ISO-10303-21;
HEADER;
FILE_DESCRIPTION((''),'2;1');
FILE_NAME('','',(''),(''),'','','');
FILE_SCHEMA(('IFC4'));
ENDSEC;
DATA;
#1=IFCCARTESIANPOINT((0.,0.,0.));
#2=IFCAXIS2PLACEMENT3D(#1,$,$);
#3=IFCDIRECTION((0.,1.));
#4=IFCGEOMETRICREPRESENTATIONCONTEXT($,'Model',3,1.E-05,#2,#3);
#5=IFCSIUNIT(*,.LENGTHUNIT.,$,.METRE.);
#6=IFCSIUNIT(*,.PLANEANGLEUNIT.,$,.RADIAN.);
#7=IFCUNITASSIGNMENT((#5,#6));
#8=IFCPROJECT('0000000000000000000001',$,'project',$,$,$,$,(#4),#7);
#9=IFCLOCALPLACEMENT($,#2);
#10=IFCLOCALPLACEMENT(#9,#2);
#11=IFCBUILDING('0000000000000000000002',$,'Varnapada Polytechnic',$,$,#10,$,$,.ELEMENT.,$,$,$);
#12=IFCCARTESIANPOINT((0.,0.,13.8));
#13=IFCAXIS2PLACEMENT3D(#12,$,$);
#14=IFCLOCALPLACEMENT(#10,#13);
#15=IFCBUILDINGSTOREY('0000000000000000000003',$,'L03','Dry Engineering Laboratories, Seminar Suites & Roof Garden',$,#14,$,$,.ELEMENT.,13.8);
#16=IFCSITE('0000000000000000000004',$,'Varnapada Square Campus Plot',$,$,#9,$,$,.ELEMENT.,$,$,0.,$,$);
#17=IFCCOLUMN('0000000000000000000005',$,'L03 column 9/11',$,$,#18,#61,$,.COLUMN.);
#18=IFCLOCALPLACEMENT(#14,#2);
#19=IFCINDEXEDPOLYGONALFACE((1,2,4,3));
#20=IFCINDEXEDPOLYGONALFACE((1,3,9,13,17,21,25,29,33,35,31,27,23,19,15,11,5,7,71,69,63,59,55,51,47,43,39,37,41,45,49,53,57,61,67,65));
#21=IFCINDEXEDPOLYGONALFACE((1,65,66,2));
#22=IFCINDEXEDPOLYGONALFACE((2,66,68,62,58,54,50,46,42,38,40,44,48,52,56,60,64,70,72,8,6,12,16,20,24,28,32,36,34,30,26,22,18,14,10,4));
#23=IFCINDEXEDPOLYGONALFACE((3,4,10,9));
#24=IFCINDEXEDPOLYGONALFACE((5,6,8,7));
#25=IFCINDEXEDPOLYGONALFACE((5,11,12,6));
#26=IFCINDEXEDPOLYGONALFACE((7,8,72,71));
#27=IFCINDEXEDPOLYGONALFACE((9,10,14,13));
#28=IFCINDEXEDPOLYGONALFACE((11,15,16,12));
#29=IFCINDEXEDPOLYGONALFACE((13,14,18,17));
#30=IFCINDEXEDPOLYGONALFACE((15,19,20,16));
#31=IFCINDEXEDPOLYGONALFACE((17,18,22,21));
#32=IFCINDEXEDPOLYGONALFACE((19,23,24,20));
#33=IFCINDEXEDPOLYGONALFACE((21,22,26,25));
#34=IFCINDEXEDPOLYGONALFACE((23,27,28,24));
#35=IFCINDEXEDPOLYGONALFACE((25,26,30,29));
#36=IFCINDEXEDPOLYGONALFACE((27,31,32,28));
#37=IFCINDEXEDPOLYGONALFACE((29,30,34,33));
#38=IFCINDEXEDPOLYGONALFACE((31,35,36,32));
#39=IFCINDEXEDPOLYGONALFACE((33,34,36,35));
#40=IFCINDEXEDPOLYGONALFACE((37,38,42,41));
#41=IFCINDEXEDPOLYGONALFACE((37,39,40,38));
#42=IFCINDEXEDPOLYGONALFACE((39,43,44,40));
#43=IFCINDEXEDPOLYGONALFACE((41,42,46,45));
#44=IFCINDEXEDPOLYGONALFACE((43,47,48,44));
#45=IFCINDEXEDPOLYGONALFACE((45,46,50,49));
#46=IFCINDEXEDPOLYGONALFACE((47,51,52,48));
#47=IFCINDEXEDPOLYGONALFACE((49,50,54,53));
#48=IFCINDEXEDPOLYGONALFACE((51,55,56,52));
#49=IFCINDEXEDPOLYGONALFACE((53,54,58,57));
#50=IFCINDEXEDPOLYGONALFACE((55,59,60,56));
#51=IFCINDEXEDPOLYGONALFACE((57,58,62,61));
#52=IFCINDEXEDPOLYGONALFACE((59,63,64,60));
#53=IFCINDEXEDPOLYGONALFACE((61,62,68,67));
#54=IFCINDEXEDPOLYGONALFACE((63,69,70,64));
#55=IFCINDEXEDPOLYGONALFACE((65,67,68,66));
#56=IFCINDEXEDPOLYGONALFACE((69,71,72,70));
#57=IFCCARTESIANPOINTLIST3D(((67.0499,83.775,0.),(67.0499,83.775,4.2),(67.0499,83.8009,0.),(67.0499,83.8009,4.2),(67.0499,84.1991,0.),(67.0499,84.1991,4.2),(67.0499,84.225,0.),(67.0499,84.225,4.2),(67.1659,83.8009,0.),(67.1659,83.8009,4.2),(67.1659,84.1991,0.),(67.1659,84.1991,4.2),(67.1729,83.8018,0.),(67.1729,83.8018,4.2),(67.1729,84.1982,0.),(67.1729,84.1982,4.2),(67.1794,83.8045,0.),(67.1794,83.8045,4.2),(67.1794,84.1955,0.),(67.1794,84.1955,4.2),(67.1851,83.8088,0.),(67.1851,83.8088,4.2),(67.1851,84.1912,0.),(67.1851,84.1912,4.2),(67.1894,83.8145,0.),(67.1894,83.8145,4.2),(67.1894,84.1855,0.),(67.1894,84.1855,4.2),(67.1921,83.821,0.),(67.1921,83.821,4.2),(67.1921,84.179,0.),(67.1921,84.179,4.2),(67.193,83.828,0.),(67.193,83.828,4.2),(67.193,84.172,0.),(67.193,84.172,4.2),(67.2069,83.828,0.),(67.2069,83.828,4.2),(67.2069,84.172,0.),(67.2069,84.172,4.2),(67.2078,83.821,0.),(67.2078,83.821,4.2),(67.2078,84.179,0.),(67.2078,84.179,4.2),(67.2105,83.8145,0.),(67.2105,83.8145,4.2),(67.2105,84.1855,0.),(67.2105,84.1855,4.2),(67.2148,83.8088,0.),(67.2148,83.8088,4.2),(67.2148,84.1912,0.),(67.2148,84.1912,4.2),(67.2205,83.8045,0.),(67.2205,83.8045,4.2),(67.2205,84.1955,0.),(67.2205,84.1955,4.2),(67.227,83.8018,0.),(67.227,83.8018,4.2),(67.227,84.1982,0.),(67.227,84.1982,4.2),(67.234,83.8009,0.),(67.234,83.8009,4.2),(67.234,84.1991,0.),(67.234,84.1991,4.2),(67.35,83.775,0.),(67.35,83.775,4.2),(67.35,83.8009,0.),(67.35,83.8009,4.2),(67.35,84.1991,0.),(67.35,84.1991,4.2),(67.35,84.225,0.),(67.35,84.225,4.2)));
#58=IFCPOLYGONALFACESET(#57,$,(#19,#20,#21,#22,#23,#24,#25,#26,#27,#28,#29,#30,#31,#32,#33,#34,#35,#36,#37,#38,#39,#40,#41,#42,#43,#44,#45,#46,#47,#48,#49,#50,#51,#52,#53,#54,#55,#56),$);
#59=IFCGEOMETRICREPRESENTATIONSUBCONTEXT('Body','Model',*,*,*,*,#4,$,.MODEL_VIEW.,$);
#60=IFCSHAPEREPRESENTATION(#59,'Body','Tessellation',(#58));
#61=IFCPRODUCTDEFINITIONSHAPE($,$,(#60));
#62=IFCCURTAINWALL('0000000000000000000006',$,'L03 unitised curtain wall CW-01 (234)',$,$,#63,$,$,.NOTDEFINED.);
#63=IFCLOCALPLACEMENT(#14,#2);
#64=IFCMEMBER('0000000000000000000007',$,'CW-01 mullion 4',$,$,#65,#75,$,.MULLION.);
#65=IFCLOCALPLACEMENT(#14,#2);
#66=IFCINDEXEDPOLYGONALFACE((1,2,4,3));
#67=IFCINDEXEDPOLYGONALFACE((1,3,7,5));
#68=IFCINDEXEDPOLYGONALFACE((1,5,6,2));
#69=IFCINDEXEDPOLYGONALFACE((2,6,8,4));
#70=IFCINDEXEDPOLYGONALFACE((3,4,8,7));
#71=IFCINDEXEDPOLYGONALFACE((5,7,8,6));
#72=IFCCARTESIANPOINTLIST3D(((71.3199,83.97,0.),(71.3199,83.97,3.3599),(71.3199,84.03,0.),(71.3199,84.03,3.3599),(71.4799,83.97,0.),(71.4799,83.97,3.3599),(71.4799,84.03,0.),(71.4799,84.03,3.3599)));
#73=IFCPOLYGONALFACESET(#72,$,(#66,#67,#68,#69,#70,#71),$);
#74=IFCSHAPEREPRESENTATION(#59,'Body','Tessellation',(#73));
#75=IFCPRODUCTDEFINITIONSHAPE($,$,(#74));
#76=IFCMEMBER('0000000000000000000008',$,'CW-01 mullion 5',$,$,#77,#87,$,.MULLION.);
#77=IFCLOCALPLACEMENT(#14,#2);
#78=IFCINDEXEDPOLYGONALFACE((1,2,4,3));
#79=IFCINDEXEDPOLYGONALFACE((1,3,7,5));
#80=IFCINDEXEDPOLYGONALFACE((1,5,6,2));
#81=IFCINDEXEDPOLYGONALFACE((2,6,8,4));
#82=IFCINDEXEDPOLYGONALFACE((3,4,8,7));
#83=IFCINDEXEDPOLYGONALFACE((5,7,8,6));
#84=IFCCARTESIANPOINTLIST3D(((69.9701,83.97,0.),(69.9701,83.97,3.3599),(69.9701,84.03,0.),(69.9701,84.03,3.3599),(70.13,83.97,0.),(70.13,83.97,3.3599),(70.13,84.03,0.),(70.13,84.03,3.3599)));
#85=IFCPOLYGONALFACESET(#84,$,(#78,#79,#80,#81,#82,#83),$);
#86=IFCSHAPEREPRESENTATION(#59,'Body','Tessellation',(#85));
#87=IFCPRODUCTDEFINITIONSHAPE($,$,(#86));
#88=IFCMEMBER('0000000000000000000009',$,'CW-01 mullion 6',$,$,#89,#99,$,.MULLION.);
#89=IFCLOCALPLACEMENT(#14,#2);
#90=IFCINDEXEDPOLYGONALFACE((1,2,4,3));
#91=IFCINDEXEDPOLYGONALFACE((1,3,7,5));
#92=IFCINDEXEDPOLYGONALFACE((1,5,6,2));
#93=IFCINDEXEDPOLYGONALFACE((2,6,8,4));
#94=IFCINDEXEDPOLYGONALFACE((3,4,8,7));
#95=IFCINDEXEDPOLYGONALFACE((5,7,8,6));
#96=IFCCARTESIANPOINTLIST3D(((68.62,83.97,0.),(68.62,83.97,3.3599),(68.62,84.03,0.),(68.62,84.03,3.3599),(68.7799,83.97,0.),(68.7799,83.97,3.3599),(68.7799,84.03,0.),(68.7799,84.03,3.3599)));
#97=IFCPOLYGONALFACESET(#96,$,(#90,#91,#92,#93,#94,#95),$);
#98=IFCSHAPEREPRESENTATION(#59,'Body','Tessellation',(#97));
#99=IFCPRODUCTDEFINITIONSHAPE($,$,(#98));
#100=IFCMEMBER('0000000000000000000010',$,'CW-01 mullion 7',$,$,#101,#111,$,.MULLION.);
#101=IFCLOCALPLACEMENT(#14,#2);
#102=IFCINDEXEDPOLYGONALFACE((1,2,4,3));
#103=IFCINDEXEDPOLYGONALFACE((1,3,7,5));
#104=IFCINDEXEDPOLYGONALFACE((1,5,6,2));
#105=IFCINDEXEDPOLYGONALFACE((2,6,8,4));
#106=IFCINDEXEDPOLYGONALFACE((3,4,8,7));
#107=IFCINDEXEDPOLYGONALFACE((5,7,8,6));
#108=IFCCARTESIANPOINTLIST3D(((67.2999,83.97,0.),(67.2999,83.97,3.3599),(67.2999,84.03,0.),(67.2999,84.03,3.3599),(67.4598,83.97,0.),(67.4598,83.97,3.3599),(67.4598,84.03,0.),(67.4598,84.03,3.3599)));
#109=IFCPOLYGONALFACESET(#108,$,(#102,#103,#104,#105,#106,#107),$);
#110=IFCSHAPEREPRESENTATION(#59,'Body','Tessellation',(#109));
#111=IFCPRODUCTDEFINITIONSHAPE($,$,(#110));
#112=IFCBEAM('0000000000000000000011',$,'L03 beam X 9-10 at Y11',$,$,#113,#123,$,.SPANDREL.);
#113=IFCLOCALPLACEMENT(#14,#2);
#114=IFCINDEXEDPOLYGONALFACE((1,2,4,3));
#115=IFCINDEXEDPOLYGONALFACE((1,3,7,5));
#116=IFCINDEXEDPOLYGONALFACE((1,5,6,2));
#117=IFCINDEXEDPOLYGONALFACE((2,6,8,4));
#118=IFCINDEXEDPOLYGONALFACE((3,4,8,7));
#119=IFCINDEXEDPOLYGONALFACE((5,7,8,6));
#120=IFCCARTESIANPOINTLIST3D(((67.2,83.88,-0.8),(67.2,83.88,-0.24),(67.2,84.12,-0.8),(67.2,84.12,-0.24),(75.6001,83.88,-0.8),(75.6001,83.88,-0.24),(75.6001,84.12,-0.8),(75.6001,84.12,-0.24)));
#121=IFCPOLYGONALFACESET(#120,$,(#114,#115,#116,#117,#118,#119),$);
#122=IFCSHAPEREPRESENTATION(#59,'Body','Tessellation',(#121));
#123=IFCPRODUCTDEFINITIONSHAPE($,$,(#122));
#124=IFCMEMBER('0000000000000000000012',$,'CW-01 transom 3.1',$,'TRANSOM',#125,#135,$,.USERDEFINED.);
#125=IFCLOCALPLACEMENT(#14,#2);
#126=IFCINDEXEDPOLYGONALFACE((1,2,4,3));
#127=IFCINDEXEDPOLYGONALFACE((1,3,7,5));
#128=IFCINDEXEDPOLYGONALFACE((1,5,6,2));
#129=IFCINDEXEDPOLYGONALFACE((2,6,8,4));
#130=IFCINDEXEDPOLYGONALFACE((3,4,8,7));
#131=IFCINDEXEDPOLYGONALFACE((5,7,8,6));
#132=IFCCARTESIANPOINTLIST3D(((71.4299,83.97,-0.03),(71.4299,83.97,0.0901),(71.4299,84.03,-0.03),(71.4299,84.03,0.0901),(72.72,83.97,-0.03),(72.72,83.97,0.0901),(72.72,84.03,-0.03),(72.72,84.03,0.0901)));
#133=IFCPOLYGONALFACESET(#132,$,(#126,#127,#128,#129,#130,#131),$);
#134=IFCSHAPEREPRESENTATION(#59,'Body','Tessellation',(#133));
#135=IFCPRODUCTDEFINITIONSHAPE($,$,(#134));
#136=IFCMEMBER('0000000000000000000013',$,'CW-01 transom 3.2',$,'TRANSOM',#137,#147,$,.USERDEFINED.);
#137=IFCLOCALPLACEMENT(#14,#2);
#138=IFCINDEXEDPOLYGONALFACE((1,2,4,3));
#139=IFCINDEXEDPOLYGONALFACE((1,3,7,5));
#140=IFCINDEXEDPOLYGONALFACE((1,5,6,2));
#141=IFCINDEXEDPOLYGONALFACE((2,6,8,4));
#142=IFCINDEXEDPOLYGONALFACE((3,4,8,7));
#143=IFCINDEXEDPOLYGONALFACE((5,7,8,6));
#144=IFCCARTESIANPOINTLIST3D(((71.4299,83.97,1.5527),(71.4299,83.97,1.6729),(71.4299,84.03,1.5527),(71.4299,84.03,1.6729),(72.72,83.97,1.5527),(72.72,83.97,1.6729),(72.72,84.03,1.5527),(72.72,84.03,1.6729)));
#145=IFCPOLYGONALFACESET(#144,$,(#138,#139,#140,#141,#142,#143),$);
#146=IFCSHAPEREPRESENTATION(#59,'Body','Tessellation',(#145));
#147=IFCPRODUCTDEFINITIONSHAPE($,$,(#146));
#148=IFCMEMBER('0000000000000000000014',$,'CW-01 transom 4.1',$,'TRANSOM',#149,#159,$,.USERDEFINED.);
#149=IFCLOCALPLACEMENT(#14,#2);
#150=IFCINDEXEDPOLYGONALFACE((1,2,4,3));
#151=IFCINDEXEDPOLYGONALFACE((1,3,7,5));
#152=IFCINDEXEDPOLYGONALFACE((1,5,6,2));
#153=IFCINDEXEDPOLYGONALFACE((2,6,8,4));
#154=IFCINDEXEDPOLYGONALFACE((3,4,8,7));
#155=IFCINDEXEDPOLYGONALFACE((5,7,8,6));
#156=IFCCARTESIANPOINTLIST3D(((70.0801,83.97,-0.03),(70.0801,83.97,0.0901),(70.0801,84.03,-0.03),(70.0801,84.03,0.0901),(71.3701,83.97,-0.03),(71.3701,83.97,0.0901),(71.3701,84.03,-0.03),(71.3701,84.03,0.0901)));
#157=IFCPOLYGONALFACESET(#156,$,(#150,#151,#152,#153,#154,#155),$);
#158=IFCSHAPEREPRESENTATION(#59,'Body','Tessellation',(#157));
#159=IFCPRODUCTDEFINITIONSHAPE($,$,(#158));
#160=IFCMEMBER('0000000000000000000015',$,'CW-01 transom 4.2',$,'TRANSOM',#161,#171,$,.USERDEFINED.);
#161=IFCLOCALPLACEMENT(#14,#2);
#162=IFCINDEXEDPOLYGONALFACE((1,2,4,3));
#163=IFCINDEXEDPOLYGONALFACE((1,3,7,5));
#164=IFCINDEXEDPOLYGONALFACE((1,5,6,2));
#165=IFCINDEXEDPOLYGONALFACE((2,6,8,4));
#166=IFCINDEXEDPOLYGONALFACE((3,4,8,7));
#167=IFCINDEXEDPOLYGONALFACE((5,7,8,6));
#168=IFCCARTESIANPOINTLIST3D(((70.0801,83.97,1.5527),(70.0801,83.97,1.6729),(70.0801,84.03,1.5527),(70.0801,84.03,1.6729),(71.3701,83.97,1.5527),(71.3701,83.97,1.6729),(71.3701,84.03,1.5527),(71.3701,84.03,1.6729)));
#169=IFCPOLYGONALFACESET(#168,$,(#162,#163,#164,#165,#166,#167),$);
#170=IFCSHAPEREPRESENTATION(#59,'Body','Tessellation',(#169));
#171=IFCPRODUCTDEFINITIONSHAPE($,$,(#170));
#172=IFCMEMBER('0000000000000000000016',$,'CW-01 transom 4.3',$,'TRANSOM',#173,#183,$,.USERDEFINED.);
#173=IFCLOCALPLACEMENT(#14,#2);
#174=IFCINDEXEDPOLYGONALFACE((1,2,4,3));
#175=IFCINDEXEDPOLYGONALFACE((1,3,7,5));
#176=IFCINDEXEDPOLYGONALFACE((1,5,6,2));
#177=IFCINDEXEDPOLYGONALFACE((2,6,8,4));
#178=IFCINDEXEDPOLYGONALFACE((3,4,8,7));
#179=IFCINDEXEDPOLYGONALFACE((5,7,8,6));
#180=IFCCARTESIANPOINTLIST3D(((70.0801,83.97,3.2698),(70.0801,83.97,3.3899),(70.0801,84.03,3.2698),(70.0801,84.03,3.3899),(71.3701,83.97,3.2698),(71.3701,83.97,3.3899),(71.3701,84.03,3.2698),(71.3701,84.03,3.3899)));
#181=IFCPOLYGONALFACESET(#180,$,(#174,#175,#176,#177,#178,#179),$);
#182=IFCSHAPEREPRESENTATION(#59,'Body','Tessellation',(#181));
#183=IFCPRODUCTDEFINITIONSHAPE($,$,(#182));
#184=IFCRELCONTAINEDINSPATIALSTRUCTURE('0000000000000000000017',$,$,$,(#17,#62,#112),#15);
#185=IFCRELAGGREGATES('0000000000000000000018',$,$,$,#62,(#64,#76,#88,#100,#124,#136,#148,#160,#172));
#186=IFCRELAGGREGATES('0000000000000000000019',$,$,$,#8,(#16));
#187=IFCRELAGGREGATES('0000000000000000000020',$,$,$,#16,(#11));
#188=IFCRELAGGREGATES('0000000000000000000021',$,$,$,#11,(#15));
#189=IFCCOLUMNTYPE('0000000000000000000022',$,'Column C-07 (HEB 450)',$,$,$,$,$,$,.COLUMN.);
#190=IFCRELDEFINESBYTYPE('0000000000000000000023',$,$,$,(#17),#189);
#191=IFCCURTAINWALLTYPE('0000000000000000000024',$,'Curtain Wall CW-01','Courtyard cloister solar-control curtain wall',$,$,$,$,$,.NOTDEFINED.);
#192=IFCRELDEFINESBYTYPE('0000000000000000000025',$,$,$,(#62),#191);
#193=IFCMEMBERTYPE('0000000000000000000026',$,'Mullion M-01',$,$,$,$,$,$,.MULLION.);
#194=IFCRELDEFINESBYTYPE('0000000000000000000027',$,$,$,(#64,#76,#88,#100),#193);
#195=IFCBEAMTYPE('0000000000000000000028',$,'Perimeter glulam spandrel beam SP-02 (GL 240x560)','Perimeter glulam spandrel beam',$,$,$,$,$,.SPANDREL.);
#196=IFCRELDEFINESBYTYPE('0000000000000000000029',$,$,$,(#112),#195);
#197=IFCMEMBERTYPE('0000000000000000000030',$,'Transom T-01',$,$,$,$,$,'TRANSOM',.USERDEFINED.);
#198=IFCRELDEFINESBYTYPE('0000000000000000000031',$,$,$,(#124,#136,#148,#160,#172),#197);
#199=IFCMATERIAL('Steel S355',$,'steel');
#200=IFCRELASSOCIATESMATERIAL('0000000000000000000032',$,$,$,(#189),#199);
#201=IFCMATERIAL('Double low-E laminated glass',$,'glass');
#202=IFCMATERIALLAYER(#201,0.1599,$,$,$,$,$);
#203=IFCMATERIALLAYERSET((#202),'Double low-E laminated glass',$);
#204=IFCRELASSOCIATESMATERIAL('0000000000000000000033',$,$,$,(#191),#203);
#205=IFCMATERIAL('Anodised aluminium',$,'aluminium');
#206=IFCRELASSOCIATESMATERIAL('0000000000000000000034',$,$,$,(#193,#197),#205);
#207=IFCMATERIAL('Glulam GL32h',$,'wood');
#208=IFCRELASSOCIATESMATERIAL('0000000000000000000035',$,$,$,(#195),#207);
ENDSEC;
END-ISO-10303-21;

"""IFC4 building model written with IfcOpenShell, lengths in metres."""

from ifc_helpers import new_model, si_unit, direction, frame, origin, origin_2d, place, context, subcontext, project, spatial, rectangle, i_section, extrude, material, layer, layer_set, material_profile, profile_set, type_object, element, aggregate, save


model = new_model("IFC4")

# Units and contexts
model_context = context("Model", 3, precision=1e-05, world=origin(), true_north=direction((0.0, 1.0)))
body_context = subcontext(model_context, "Body", "Model", "MODEL_VIEW")
ifc_project = project(units=[si_unit("LENGTHUNIT", "METRE"), si_unit("PLANEANGLEUNIT", "RADIAN")], contexts=[model_context])

# Site, building, storey
site_placement = place(None, origin())
site = spatial("IfcSite", under=ifc_project, at=site_placement, Name="Varnapada Square Campus Plot", CompositionType="ELEMENT", RefElevation=0.0)
building_placement = place(site_placement, origin())
building = spatial("IfcBuilding", under=site, at=building_placement, Name="Varnapada Polytechnic", CompositionType="ELEMENT")
storey_placement = place(building_placement, frame((0.0, 0.0, 13.8)))
storey = spatial("IfcBuildingStorey", under=building, at=storey_placement, Name="L03", Description="Dry Engineering Laboratories, Seminar Suites & Roof Garden", CompositionType="ELEMENT", Elevation=13.8)

# Column
ifc_material_1 = material(Name="Steel S355", Category="steel")
ifc_material_profile_1 = material_profile(ifc_material_1, i_section(OverallWidth=0.3, OverallDepth=0.45, WebThickness=0.0139, FlangeThickness=0.0259, FilletRadius=0.0271, at=origin_2d()), Name="HEB 450")
ifc_profile_set_1 = profile_set([ifc_material_profile_1], Name="Steel S355")
column_type = type_object("IfcColumnType", Name="Column C-07 (HEB 450)", PredefinedType="COLUMN", material=ifc_profile_set_1)
column_placement = place(storey_placement, frame((67.2, 84.0, 0.0), z_axis=(0.0, 0.0, 1.0), x_axis=(1.0, 0.0, 0.0)))
element("IfcColumn", 1, at=column_placement, inside=storey, type_object=column_type, Name="L03 column 9/11", PredefinedType="COLUMN", context=body_context, shape_type="SweptSolid", body=[
    extrude(i_section(OverallWidth=0.3, OverallDepth=0.45, WebThickness=0.0139, FlangeThickness=0.0259, FilletRadius=0.0271, at=origin_2d()), origin(), (0.0, 0.0, 1.0), 4.2),
])

# Curtain wall, members
ifc_material_2 = material(Name="Double low-E laminated glass", Category="glass")
ifc_layer_1 = layer(ifc_material_2, 0.1599)
ifc_layer_set_1 = layer_set([ifc_layer_1], Name="Double low-E laminated glass")
curtain_wall_type = type_object("IfcCurtainWallType", Name="Curtain Wall CW-01", Description="Courtyard cloister solar-control curtain wall", PredefinedType="NOTDEFINED", material=ifc_layer_set_1)
curtain_wall_placement = place(storey_placement, origin())
curtain_wall = element("IfcCurtainWall", 2, at=curtain_wall_placement, inside=storey, type_object=curtain_wall_type, Name="L03 unitised curtain wall CW-01 (234)", PredefinedType="NOTDEFINED")
ifc_material_3 = material(Name="Anodised aluminium", Category="aluminium")
ifc_material_profile_2 = material_profile(ifc_material_3, rectangle(XDim=0.0601, YDim=0.1599, at=origin_2d()), Name="ALU M60x160")
ifc_profile_set_2 = profile_set([ifc_material_profile_2], Name="Anodised aluminium")
member_type_1 = type_object("IfcMemberType", Name="Mullion M-01", PredefinedType="MULLION", material=ifc_profile_set_2)
member_1_placement = place(storey_placement, frame((71.3999, 84.0, 0.0), z_axis=(0.0, 0.0, 1.0), x_axis=(0.0, -1.0, 0.0)))
member_1 = element("IfcMember", 3, at=member_1_placement, type_object=member_type_1, Name="CW-01 mullion 4", PredefinedType="MULLION", context=body_context, shape_type="SweptSolid", body=[
    extrude(rectangle(XDim=0.0601, YDim=0.1599, at=origin_2d()), origin(), (0.0, 0.0, 1.0), 3.3599),
])
member_2_placement = place(storey_placement, frame((70.05, 84.0, 0.0), z_axis=(0.0, 0.0, 1.0), x_axis=(0.0, -1.0, 0.0)))
member_2 = element("IfcMember", 4, at=member_2_placement, type_object=member_type_1, Name="CW-01 mullion 5", PredefinedType="MULLION", context=body_context, shape_type="SweptSolid", body=[
    extrude(rectangle(XDim=0.0601, YDim=0.1599, at=origin_2d()), origin(), (0.0, 0.0, 1.0), 3.3599),
])
member_3_placement = place(storey_placement, frame((68.7, 84.0, 0.0), z_axis=(0.0, 0.0, 1.0), x_axis=(0.0, -1.0, 0.0)))
member_3 = element("IfcMember", 5, at=member_3_placement, type_object=member_type_1, Name="CW-01 mullion 6", PredefinedType="MULLION", context=body_context, shape_type="SweptSolid", body=[
    extrude(rectangle(XDim=0.0601, YDim=0.1599, at=origin_2d()), origin(), (0.0, 0.0, 1.0), 3.3599),
])
member_4_placement = place(storey_placement, frame((67.3799, 84.0, 0.0), z_axis=(0.0, 0.0, 1.0), x_axis=(0.0, -1.0, 0.0)))
member_4 = element("IfcMember", 6, at=member_4_placement, type_object=member_type_1, Name="CW-01 mullion 7", PredefinedType="MULLION", context=body_context, shape_type="SweptSolid", body=[
    extrude(rectangle(XDim=0.0601, YDim=0.1599, at=origin_2d()), origin(), (0.0, 0.0, 1.0), 3.3599),
])

# Beam
ifc_material_4 = material(Name="Glulam GL32h", Category="wood")
ifc_material_profile_3 = material_profile(ifc_material_4, rectangle(XDim=0.24, YDim=0.5601, at=origin_2d()), Name="GL 240x560")
ifc_profile_set_3 = profile_set([ifc_material_profile_3], Name="Glulam GL32h")
beam_type_1 = type_object("IfcBeamType", Name="Perimeter glulam spandrel beam SP-02 (GL 240x560)", Description="Perimeter glulam spandrel beam", PredefinedType="SPANDREL", material=ifc_profile_set_3)
beam_1_placement = place(storey_placement, frame((67.2, 84.0, -0.52), z_axis=(1.0, 0.0, 0.0), x_axis=(0.0, 1.0, 0.0)))
element("IfcBeam", 7, at=beam_1_placement, inside=storey, type_object=beam_type_1, Name="L03 beam X 9-10 at Y11", PredefinedType="SPANDREL", context=body_context, shape_type="SweptSolid", body=[
    extrude(rectangle(XDim=0.24, YDim=0.5601, at=origin_2d()), origin(), (0.0, 0.0, 1.0), 8.4001),
])

# Members
ifc_material_profile_4 = material_profile(ifc_material_3, rectangle(XDim=0.0601, YDim=0.1201, at=origin_2d()), Name="ALU T60x120")
ifc_profile_set_4 = profile_set([ifc_material_profile_4], Name="Anodised aluminium")
member_type_2 = type_object("IfcMemberType", Name="Transom T-01", ElementType="TRANSOM", PredefinedType="USERDEFINED", material=ifc_profile_set_4)
member_5_placement = place(storey_placement, frame((72.72, 84.0, 0.03), z_axis=(-1.0, 0.0, 0.0), x_axis=(0.0, -1.0, 0.0)))
member_5 = element("IfcMember", 8, at=member_5_placement, type_object=member_type_2, Name="CW-01 transom 3.1", ObjectType="TRANSOM", PredefinedType="USERDEFINED", context=body_context, shape_type="SweptSolid", body=[
    extrude(rectangle(XDim=0.0601, YDim=0.1201, at=origin_2d()), origin(), (0.0, 0.0, 1.0), 1.29),
])
member_6_placement = place(storey_placement, frame((72.72, 84.0, 1.6128), z_axis=(-1.0, 0.0, 0.0), x_axis=(0.0, -1.0, 0.0)))
member_6 = element("IfcMember", 9, at=member_6_placement, type_object=member_type_2, Name="CW-01 transom 3.2", ObjectType="TRANSOM", PredefinedType="USERDEFINED", context=body_context, shape_type="SweptSolid", body=[
    extrude(rectangle(XDim=0.0601, YDim=0.1201, at=origin_2d()), origin(), (0.0, 0.0, 1.0), 1.29),
])
member_7_placement = place(storey_placement, frame((71.3701, 84.0, 0.03), z_axis=(-1.0, 0.0, 0.0), x_axis=(0.0, -1.0, 0.0)))
member_7 = element("IfcMember", 10, at=member_7_placement, type_object=member_type_2, Name="CW-01 transom 4.1", ObjectType="TRANSOM", PredefinedType="USERDEFINED", context=body_context, shape_type="SweptSolid", body=[
    extrude(rectangle(XDim=0.0601, YDim=0.1201, at=origin_2d()), origin(), (0.0, 0.0, 1.0), 1.29),
])
member_8_placement = place(storey_placement, frame((71.3701, 84.0, 1.6128), z_axis=(-1.0, 0.0, 0.0), x_axis=(0.0, -1.0, 0.0)))
member_8 = element("IfcMember", 11, at=member_8_placement, type_object=member_type_2, Name="CW-01 transom 4.2", ObjectType="TRANSOM", PredefinedType="USERDEFINED", context=body_context, shape_type="SweptSolid", body=[
    extrude(rectangle(XDim=0.0601, YDim=0.1201, at=origin_2d()), origin(), (0.0, 0.0, 1.0), 1.29),
])
member_9_placement = place(storey_placement, frame((71.3701, 84.0, 3.3298), z_axis=(-1.0, 0.0, 0.0), x_axis=(0.0, -1.0, 0.0)))
member_9 = element("IfcMember", 12, at=member_9_placement, type_object=member_type_2, Name="CW-01 transom 4.3", ObjectType="TRANSOM", PredefinedType="USERDEFINED", context=body_context, shape_type="SweptSolid", body=[
    extrude(rectangle(XDim=0.0601, YDim=0.1201, at=origin_2d()), origin(), (0.0, 0.0, 1.0), 1.29),
])

aggregate(curtain_wall, [member_1, member_2, member_3, member_4, member_5, member_6, member_7, member_8, member_9])

save(model, "model.ifc")
